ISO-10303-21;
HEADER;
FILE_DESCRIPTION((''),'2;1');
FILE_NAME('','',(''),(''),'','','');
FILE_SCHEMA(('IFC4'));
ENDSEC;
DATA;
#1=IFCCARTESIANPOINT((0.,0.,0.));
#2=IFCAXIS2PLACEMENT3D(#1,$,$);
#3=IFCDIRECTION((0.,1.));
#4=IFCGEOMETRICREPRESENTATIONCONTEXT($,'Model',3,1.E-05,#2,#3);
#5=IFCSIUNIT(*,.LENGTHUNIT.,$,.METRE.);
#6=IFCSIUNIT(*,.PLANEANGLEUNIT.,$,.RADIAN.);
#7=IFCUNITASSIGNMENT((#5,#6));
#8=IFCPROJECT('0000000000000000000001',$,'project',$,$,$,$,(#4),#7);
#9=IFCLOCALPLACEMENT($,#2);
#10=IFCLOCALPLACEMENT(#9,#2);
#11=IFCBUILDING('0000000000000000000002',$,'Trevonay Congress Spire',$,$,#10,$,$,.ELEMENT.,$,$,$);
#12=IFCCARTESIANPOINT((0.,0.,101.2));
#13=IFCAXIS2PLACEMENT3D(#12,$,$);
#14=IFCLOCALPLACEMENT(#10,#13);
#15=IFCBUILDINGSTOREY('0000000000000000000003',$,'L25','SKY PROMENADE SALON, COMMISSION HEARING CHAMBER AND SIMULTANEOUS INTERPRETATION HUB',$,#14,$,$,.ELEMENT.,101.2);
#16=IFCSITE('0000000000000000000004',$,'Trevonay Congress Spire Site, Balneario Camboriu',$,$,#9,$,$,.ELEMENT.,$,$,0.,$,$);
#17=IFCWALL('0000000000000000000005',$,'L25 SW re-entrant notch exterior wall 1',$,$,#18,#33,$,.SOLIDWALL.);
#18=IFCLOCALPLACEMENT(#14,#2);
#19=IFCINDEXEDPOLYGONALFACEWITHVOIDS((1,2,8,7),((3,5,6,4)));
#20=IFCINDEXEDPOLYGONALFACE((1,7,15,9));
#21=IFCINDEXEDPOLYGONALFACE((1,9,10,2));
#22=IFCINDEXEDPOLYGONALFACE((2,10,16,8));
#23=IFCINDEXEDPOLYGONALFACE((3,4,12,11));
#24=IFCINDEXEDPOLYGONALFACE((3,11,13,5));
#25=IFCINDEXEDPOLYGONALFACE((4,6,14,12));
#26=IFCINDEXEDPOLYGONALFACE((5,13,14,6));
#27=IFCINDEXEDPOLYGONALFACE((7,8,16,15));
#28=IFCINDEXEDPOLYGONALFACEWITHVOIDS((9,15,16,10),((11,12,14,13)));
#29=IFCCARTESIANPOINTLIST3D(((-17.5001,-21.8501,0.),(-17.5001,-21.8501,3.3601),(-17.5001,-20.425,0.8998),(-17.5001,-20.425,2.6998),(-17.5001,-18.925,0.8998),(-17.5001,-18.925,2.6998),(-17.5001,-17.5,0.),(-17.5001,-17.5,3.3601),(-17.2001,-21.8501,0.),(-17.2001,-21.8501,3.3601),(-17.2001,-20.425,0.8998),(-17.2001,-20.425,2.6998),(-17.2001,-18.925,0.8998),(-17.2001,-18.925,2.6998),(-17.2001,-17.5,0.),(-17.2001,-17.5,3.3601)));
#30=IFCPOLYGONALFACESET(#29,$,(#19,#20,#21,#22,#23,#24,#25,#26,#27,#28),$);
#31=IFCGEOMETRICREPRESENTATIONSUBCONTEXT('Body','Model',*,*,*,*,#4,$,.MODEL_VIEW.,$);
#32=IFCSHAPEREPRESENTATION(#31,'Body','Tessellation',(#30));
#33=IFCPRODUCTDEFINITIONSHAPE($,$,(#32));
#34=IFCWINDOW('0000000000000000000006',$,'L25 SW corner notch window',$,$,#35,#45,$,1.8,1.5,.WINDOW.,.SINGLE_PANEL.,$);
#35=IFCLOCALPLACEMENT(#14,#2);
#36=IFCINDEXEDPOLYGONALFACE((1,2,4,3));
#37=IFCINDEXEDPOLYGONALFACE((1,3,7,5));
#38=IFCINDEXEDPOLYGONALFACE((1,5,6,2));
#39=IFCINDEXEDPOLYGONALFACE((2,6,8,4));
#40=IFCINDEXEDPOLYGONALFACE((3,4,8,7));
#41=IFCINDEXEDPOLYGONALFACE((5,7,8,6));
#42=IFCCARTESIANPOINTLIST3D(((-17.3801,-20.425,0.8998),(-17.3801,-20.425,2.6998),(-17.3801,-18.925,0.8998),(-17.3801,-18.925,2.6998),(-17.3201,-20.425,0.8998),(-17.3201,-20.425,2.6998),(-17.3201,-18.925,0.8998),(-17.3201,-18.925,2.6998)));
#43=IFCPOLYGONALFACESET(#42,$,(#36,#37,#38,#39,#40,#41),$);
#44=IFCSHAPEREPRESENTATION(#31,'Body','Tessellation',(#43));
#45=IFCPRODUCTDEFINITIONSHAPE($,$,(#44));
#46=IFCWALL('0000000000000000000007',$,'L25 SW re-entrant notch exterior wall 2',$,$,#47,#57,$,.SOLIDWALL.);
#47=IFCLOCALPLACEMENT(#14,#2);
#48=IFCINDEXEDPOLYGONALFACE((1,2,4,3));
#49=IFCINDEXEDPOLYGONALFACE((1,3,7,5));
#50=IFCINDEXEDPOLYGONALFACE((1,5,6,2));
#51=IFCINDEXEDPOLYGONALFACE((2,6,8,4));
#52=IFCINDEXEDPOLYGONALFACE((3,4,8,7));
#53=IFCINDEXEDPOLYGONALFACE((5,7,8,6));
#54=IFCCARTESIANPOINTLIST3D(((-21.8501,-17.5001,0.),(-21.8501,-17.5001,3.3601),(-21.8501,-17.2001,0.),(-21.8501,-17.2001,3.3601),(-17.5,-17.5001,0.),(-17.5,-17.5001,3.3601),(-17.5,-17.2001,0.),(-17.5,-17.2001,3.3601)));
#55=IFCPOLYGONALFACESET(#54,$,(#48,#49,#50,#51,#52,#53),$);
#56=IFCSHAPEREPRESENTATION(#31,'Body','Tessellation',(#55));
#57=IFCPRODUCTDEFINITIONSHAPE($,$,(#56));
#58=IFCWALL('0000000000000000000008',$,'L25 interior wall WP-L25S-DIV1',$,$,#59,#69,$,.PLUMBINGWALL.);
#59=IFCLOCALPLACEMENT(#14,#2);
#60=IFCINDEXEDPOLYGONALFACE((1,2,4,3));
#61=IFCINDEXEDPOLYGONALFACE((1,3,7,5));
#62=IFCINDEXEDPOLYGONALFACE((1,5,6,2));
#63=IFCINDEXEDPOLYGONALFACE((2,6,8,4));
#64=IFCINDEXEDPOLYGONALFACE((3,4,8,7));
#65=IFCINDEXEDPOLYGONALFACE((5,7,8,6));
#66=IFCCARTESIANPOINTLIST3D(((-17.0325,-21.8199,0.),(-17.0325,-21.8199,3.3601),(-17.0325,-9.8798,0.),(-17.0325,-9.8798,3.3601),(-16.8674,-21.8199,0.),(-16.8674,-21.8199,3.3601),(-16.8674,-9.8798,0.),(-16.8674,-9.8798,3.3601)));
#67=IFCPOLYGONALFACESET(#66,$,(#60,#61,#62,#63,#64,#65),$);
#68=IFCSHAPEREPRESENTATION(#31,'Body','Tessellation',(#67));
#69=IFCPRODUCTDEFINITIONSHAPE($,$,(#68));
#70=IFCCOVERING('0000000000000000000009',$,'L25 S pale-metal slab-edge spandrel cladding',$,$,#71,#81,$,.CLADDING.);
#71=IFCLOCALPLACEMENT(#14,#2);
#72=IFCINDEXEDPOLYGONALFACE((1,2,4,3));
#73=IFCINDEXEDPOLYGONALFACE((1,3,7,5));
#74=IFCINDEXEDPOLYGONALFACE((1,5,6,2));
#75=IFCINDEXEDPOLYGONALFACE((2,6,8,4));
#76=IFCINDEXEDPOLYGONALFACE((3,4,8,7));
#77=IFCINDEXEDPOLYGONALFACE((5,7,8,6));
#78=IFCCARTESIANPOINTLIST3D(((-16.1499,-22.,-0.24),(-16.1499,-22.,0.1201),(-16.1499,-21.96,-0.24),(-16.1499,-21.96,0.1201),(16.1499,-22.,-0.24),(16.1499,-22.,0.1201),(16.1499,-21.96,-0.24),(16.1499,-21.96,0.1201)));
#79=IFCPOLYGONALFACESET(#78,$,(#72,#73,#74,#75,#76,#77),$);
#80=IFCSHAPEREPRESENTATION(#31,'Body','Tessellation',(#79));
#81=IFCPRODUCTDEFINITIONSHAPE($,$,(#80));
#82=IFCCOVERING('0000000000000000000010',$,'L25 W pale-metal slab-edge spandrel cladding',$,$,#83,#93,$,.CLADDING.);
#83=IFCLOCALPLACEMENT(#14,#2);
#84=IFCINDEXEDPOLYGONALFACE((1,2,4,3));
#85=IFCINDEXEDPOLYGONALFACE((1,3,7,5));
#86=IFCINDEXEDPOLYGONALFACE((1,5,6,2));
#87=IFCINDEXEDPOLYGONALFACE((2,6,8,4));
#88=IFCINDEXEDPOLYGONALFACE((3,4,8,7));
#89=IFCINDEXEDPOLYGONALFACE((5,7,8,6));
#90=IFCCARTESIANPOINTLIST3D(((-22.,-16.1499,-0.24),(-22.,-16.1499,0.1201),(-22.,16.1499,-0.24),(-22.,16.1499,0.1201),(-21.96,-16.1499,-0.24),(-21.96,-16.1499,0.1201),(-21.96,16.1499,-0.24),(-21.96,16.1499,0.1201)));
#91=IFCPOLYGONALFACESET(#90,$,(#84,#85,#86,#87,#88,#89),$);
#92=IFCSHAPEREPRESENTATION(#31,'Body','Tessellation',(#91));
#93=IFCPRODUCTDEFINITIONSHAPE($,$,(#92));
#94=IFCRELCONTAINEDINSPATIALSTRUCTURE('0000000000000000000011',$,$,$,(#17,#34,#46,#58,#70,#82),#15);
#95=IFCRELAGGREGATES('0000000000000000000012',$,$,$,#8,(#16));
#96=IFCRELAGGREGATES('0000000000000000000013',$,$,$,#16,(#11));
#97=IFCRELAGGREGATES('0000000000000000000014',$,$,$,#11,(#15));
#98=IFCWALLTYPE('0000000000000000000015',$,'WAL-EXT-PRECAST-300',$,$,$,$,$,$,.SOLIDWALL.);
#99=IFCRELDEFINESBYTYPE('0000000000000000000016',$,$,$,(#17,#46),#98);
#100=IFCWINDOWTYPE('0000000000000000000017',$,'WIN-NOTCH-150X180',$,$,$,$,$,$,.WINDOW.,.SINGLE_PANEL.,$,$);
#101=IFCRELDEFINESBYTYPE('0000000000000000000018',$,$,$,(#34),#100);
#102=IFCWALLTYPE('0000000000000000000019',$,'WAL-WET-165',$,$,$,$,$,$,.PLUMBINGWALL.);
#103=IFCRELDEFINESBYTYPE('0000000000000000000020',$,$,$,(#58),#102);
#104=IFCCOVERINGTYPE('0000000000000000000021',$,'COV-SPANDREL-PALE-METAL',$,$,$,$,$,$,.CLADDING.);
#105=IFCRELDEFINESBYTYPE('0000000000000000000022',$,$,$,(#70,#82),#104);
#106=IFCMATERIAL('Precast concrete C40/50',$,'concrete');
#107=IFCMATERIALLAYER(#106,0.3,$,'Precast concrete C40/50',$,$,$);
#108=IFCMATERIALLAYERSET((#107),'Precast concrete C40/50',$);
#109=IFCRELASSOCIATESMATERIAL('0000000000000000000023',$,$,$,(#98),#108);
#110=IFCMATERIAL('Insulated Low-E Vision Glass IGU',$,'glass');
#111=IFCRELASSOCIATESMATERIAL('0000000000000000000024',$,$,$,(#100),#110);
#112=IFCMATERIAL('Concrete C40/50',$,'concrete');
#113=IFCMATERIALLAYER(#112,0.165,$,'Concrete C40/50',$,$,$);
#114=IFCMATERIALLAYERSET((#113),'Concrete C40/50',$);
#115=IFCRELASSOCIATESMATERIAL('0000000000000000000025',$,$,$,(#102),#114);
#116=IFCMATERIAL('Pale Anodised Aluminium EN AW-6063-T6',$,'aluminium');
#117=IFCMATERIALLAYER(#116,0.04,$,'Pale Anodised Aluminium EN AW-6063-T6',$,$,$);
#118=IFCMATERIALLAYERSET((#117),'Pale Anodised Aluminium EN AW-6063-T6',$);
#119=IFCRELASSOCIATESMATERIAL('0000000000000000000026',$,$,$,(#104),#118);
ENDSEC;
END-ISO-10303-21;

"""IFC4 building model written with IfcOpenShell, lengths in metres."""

from ifc_helpers import new_model, si_unit, direction, frame, frame_2d, origin, place, context, subcontext, project, spatial, rectangle, extrude, material, layer, layer_set, type_object, element, fill, save


model = new_model("IFC4")

# Units and contexts
model_context = context("Model", 3, precision=1e-05, world=origin(), true_north=direction((0.0, 1.0)))
body_context = subcontext(model_context, "Body", "Model", "MODEL_VIEW")
ifc_project = project(units=[si_unit("LENGTHUNIT", "METRE"), si_unit("PLANEANGLEUNIT", "RADIAN")], contexts=[model_context])

# Site, building, storey
site_placement = place(None, origin())
site = spatial("IfcSite", under=ifc_project, at=site_placement, Name="Trevonay Congress Spire Site, Balneario Camboriu", CompositionType="ELEMENT", RefElevation=0.0)
building_placement = place(site_placement, origin())
building = spatial("IfcBuilding", under=site, at=building_placement, Name="Trevonay Congress Spire", CompositionType="ELEMENT")
storey_placement = place(building_placement, frame((0.0, 0.0, 101.2)))
storey = spatial("IfcBuildingStorey", under=building, at=storey_placement, Name="L25", Description="SKY PROMENADE SALON, COMMISSION HEARING CHAMBER AND SIMULTANEOUS INTERPRETATION HUB", CompositionType="ELEMENT", Elevation=101.2)

# Shared definitions
ifc_material_1 = material(Name="Pale Anodised Aluminium EN AW-6063-T6", Category="aluminium")

# Shared definitions
ifc_material_2 = material(Name="Precast concrete C40/50", Category="concrete")
ifc_layer_1 = layer(ifc_material_2, 0.3, Name="Precast concrete C40/50")
ifc_layer_set_1 = layer_set([ifc_layer_1], Name="Precast concrete C40/50")
wall_type_1 = type_object("IfcWallType", Name="WAL-EXT-PRECAST-300", PredefinedType="SOLIDWALL", material=ifc_layer_set_1)

# Wall, opening, window
wall_1_placement = place(storey_placement, frame((-17.3501, -21.8501, 0.0), z_axis=(0.0, 0.0, 1.0), x_axis=(0.0, 1.0, 0.0)))
wall_1 = element("IfcWall", 1, at=wall_1_placement, inside=storey, type_object=wall_type_1, Name="L25 SW re-entrant notch exterior wall 1", PredefinedType="SOLIDWALL", context=body_context, shape_type="SweptSolid", body=[
    extrude(rectangle(XDim=4.3501, YDim=0.3, at=frame_2d((2.175, 0.0))), origin(), (0.0, 0.0, 1.0), 3.3601),
])
opening_placement = place(wall_1_placement, frame((1.425, 0.0, 0.8999)))
opening = element("IfcOpeningElement", 2, at=opening_placement, cuts=wall_1, PredefinedType="OPENING", context=body_context, shape_type="SweptSolid", body=[
    extrude(rectangle(XDim=1.5, YDim=1.8, at=frame_2d((0.75, 0.8999))), frame((0.0, 0.1602, 0.0), z_axis=(0.0, -1.0, 0.0), x_axis=(1.0, 0.0, 0.0)), (0.0, 0.0, 1.0), 0.3201),
])
ifc_material_3 = material(Name="Insulated Low-E Vision Glass IGU", Category="glass")
window_type = type_object("IfcWindowType", Name="WIN-NOTCH-150X180", PartitioningType="SINGLE_PANEL", PredefinedType="WINDOW", material=ifc_material_3)
window_placement = place(opening_placement, origin())
window = element("IfcWindow", 3, at=window_placement, inside=storey, type_object=window_type, Name="L25 SW corner notch window", OverallHeight=1.8, OverallWidth=1.5, PartitioningType="SINGLE_PANEL", PredefinedType="WINDOW", context=body_context, shape_type="SweptSolid", body=[
    extrude(rectangle(XDim=1.5, YDim=1.8, at=frame_2d((0.75, 0.8999))), frame((0.0, 0.03, 0.0), z_axis=(0.0, -1.0, 0.0), x_axis=(1.0, 0.0, 0.0)), (0.0, 0.0, 1.0), 0.0601),
])
fill(opening, window)

# Walls
wall_2_placement = place(storey_placement, frame((-21.8501, -17.3501, 0.0), z_axis=(0.0, 0.0, 1.0), x_axis=(1.0, 0.0, 0.0)))
element("IfcWall", 4, at=wall_2_placement, inside=storey, type_object=wall_type_1, Name="L25 SW re-entrant notch exterior wall 2", PredefinedType="SOLIDWALL", context=body_context, shape_type="SweptSolid", body=[
    extrude(rectangle(XDim=4.3501, YDim=0.3, at=frame_2d((2.175, 0.0))), origin(), (0.0, 0.0, 1.0), 3.3601),
])
ifc_material_4 = material(Name="Concrete C40/50", Category="concrete")
ifc_layer_2 = layer(ifc_material_4, 0.165, Name="Concrete C40/50")
ifc_layer_set_2 = layer_set([ifc_layer_2], Name="Concrete C40/50")
wall_type_2 = type_object("IfcWallType", Name="WAL-WET-165", PredefinedType="PLUMBINGWALL", material=ifc_layer_set_2)
wall_3_placement = place(storey_placement, frame((-16.95, -21.8201, 0.0), z_axis=(0.0, 0.0, 1.0), x_axis=(0.0, 1.0, 0.0)))
element("IfcWall", 5, at=wall_3_placement, inside=storey, type_object=wall_type_2, Name="L25 interior wall WP-L25S-DIV1", PredefinedType="PLUMBINGWALL", context=body_context, shape_type="SweptSolid", body=[
    extrude(rectangle(XDim=11.9402, YDim=0.165, at=frame_2d((5.9702, 0.0))), origin(), (0.0, 0.0, 1.0), 3.3601),
])

# Coverings
ifc_layer_3 = layer(ifc_material_1, 0.04, Name="Pale Anodised Aluminium EN AW-6063-T6")
ifc_layer_set_3 = layer_set([ifc_layer_3], Name="Pale Anodised Aluminium EN AW-6063-T6")
covering_type = type_object("IfcCoveringType", Name="COV-SPANDREL-PALE-METAL", PredefinedType="CLADDING", material=ifc_layer_set_3)
for number, where, z_axis, x_axis, name in (
    (6, (-16.1499, -21.98, -0.24), (0.0, 0.0, 1.0), (1.0, 0.0, 0.0), "L25 S pale-metal slab-edge spandrel cladding"),
    (7, (-21.98, -16.1499, -0.24), (0.0, 0.0, 1.0), (0.0, 1.0, 0.0), "L25 W pale-metal slab-edge spandrel cladding"),
):
    element("IfcCovering", number, at=place(storey_placement, frame(where, z_axis=z_axis, x_axis=x_axis)), inside=storey, type_object=covering_type, Name=name, PredefinedType="CLADDING", context=body_context, shape_type="SweptSolid", body=[
        extrude(rectangle(XDim=32.2998, YDim=0.04, at=frame_2d((16.1499, 0.0))), origin(), (0.0, 0.0, 1.0), 0.3601),
    ])

save(model, "model.ifc")
